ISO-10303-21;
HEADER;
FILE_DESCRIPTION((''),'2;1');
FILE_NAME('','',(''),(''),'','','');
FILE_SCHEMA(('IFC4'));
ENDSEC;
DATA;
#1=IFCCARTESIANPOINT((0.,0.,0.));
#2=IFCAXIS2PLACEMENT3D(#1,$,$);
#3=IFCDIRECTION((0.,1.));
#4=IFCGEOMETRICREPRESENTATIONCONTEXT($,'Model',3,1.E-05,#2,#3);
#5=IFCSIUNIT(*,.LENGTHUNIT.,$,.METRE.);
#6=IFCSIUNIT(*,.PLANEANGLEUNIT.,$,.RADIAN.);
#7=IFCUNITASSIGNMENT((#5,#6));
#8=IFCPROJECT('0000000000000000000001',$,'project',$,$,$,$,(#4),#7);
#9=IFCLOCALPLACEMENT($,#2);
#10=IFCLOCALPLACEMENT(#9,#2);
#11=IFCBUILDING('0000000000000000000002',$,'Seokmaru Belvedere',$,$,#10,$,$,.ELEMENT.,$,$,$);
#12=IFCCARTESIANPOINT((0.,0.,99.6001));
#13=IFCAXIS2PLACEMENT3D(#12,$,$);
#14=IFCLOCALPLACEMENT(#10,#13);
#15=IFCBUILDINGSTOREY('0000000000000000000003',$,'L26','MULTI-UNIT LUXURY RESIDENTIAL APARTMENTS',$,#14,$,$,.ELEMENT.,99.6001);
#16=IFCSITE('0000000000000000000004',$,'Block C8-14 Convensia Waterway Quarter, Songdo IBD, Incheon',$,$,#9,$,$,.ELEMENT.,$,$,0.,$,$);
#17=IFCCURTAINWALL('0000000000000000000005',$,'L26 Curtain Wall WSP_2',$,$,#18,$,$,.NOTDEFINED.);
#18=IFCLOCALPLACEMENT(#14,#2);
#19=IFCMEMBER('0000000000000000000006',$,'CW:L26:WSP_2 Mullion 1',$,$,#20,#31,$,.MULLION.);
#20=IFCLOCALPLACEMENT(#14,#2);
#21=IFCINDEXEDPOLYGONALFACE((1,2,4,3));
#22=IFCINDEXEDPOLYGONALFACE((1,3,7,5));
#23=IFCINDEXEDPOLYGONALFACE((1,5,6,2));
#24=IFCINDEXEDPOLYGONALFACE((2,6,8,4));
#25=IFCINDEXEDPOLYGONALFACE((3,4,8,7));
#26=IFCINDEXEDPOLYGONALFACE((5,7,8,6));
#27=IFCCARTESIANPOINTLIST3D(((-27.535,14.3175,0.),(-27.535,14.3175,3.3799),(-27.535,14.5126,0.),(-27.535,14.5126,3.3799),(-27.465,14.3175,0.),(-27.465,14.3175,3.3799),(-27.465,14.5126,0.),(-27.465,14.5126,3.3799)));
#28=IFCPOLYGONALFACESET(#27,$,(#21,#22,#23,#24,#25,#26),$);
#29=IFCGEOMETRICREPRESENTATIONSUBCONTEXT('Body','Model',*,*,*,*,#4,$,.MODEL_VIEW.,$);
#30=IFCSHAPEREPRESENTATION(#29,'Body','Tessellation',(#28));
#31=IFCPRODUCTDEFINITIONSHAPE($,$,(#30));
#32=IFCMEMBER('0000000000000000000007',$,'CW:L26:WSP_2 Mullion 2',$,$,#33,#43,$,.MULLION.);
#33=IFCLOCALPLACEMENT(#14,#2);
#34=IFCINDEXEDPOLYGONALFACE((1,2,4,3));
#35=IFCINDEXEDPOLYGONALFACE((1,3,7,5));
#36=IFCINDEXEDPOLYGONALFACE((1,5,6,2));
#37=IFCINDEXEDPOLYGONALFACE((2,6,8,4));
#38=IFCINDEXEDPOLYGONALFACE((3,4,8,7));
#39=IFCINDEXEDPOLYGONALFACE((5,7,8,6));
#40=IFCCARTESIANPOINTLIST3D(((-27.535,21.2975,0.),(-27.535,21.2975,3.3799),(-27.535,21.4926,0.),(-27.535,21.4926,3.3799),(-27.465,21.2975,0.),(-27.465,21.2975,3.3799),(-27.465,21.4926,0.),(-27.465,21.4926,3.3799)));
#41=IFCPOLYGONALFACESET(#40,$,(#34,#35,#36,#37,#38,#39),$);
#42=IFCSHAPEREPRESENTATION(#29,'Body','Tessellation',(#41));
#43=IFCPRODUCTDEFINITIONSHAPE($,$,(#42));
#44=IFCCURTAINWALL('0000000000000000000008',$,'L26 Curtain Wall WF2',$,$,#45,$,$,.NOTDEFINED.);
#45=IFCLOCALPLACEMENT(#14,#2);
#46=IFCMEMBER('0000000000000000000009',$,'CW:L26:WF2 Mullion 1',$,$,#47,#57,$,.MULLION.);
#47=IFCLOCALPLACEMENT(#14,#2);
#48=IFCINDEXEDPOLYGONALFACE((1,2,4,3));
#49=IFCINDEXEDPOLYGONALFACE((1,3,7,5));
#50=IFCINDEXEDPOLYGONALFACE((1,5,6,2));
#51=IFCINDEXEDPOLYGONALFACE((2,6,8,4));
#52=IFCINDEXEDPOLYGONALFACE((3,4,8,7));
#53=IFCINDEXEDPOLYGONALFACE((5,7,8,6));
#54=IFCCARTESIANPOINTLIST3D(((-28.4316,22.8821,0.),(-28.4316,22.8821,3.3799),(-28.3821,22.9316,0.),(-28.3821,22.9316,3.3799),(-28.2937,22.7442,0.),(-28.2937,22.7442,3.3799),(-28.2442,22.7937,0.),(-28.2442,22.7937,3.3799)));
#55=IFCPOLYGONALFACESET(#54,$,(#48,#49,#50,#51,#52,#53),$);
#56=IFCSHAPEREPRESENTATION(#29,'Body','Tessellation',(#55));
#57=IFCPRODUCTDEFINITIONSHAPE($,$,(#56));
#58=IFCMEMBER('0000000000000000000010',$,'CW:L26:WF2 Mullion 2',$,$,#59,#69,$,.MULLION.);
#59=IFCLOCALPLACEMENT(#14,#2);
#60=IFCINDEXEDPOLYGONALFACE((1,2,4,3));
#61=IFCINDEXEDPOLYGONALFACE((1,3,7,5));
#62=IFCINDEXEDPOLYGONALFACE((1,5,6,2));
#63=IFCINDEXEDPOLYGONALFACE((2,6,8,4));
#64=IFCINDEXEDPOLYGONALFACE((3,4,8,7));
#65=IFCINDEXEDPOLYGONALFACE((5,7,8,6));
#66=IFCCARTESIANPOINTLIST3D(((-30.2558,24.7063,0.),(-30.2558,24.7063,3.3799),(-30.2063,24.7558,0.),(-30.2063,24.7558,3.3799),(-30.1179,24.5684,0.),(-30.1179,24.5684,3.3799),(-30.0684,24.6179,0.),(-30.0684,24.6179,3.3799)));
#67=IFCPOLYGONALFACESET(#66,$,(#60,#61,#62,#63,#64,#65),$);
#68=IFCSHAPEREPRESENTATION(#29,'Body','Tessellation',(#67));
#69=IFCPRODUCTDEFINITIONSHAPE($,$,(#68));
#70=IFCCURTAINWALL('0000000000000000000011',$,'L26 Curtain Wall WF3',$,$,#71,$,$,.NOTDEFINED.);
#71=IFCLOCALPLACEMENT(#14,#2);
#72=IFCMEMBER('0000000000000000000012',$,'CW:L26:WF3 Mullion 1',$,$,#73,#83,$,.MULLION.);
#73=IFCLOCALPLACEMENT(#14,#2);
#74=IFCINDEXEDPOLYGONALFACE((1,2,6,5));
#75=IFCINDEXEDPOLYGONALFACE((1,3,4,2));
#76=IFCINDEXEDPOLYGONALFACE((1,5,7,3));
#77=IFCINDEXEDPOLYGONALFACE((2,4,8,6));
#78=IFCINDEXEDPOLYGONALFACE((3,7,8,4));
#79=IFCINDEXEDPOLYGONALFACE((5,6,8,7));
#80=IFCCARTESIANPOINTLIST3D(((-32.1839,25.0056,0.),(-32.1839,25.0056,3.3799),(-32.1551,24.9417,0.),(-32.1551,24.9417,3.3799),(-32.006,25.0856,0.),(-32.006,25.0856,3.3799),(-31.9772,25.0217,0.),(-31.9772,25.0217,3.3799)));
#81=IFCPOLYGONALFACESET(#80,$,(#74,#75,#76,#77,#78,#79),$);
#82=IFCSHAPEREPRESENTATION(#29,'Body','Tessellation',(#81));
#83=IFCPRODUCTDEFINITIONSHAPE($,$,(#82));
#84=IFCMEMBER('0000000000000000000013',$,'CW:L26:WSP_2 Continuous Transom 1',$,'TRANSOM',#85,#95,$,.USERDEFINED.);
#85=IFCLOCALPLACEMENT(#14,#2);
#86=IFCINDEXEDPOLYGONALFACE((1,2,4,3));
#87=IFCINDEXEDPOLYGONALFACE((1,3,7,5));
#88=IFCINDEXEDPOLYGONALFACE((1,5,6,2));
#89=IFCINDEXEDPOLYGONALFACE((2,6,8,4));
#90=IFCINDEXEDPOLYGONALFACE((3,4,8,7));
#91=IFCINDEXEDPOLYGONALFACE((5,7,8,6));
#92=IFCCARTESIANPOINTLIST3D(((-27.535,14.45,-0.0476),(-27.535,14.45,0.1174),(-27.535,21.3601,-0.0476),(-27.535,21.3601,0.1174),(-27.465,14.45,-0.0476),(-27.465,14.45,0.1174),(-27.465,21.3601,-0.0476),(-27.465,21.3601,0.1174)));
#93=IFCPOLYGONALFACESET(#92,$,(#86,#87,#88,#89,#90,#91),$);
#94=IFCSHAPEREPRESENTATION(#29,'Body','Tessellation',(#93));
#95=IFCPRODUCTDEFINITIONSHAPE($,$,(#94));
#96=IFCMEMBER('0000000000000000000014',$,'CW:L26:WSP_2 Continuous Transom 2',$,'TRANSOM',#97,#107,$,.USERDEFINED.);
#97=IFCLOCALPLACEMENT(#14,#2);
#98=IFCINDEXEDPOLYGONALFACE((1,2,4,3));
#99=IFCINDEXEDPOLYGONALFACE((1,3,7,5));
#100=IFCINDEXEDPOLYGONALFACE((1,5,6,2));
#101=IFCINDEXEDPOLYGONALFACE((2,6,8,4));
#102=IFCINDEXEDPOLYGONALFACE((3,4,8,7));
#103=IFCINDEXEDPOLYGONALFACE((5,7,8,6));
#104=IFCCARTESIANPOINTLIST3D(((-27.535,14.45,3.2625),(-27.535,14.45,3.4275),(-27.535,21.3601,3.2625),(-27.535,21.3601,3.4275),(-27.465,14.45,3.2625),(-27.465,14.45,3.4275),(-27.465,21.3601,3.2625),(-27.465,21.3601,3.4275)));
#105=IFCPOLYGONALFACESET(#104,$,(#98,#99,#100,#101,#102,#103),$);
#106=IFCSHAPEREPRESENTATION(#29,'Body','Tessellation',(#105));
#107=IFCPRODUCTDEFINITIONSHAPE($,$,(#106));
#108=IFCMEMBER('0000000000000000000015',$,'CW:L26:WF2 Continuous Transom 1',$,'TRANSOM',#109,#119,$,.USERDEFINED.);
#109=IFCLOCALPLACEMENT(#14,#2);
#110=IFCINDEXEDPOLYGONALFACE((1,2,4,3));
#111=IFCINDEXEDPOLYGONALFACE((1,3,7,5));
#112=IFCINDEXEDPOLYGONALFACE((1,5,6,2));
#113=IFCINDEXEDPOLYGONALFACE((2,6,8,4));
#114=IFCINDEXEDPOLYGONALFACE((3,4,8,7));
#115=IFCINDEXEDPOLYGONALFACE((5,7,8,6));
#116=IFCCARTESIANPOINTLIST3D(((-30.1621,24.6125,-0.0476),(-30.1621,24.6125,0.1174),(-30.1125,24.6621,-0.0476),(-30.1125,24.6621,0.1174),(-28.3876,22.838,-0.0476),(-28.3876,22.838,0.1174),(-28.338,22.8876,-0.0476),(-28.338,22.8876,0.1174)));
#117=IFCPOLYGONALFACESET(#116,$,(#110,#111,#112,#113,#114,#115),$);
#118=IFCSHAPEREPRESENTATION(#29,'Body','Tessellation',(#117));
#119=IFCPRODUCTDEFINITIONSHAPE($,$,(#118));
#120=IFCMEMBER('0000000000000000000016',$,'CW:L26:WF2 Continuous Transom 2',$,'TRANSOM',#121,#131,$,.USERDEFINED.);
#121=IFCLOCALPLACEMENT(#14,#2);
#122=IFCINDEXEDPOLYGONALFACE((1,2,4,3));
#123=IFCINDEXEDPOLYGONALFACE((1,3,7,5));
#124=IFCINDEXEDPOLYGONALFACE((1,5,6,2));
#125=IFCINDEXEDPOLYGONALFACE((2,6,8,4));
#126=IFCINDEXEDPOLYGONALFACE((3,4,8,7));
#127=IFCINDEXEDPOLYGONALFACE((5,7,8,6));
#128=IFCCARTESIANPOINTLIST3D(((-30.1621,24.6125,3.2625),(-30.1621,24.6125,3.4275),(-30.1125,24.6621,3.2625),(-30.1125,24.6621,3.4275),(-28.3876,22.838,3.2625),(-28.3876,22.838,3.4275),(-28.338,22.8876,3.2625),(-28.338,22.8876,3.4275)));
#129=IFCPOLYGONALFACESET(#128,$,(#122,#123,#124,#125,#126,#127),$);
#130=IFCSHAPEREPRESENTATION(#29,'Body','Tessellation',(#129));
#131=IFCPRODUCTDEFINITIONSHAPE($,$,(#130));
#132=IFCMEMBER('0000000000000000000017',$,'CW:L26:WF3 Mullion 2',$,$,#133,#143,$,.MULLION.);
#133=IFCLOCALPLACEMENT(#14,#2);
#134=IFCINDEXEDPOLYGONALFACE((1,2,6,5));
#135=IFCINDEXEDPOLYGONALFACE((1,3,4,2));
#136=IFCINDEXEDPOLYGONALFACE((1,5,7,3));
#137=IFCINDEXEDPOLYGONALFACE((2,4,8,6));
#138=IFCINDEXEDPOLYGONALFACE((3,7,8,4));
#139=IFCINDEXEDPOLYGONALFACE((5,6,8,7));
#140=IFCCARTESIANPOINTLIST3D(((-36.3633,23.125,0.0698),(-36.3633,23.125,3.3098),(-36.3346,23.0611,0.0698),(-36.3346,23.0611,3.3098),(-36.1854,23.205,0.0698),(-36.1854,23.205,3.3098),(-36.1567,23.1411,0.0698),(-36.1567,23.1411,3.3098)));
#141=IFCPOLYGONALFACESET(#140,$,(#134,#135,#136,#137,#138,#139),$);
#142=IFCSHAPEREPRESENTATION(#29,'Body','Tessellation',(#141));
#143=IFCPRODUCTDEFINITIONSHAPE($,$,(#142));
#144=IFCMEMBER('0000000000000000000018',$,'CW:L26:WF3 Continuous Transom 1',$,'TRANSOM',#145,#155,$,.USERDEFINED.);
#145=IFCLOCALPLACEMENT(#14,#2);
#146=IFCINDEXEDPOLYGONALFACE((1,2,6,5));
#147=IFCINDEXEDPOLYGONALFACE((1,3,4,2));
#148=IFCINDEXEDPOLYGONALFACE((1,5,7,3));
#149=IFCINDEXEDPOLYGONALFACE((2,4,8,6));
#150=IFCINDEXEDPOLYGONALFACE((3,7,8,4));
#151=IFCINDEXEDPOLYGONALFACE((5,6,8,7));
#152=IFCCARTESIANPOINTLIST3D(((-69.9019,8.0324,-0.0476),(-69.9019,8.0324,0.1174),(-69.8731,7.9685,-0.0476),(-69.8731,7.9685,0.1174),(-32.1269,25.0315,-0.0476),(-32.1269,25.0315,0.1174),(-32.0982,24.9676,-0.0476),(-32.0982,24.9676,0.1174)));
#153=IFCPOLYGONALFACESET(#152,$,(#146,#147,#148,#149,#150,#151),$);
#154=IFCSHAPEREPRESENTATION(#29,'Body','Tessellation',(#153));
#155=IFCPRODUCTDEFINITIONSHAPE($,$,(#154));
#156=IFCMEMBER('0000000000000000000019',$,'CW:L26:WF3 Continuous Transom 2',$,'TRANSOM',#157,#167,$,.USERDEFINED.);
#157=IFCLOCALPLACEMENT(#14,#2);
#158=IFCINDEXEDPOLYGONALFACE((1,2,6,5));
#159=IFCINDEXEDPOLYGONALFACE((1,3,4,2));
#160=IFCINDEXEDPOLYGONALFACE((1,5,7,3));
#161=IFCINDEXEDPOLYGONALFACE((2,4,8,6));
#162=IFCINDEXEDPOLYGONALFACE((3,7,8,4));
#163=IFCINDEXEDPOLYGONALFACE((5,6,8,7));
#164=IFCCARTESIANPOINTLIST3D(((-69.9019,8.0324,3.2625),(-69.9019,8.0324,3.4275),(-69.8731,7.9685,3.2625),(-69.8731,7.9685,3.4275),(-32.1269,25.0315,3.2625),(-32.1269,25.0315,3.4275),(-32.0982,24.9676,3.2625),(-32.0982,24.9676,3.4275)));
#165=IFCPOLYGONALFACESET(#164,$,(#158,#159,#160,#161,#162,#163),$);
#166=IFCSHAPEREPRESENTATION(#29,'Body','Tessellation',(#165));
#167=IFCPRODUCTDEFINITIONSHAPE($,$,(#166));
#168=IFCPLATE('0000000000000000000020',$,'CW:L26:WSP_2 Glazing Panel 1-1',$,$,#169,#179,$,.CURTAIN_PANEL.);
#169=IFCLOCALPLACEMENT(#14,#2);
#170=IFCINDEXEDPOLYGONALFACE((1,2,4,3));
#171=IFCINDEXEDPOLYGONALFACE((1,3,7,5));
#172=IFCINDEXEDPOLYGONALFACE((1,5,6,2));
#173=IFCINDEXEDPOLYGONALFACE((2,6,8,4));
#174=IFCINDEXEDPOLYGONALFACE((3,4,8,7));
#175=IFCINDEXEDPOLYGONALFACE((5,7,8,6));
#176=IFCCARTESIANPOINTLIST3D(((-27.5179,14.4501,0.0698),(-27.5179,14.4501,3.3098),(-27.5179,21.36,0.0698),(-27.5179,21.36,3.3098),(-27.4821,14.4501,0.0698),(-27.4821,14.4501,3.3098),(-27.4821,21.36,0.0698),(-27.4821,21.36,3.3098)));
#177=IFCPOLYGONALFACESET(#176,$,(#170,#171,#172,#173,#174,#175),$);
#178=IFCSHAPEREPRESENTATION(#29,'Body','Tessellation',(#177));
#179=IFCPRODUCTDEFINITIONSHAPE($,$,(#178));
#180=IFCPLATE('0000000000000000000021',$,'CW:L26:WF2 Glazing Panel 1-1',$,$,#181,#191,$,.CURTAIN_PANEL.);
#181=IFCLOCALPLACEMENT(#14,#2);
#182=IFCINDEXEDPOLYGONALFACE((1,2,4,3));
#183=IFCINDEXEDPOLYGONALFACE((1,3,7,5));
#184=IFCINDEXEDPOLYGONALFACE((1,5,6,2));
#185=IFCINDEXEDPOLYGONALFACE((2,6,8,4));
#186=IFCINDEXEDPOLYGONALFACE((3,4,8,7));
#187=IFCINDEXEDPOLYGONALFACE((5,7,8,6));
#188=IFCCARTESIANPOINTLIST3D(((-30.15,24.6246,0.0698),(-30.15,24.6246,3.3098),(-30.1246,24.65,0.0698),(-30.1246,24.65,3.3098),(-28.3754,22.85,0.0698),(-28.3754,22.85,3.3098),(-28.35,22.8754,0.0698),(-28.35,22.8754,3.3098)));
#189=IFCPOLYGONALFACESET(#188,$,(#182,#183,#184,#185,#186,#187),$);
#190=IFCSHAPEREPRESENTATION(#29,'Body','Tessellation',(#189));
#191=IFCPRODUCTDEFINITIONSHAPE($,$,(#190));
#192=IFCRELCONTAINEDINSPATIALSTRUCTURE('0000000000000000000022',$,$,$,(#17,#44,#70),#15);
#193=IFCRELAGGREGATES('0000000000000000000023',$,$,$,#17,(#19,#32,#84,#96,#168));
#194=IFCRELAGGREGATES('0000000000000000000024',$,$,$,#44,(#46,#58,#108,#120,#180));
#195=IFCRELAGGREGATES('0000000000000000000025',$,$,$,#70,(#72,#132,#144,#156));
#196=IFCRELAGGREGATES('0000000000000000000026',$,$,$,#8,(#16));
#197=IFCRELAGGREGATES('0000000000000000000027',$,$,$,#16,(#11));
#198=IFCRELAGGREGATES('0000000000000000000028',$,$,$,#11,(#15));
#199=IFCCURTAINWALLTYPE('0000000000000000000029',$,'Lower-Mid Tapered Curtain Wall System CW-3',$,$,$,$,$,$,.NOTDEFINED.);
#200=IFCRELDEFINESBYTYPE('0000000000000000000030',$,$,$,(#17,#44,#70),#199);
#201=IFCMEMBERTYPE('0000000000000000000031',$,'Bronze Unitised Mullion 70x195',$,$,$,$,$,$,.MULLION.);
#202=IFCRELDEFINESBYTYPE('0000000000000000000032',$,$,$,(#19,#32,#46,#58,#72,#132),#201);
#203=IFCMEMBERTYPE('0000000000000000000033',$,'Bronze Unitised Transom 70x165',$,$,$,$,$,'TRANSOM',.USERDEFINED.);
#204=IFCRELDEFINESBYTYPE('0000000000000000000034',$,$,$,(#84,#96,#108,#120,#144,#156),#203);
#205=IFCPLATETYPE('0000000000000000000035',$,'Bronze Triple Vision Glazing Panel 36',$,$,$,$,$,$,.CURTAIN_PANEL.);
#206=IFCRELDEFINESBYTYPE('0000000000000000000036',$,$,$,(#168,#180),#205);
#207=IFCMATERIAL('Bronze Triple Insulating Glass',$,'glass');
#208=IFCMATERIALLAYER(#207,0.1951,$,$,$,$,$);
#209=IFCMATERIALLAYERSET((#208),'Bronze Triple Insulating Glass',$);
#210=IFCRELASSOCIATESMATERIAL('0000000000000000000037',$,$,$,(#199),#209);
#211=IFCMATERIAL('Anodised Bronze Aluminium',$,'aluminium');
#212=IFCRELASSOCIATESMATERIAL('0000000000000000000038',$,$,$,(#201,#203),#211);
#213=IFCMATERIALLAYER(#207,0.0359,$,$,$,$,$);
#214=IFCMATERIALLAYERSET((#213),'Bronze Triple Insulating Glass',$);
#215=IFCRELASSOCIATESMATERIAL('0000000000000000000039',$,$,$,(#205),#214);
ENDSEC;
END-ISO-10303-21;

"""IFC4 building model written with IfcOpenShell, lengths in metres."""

from ifc_helpers import new_model, si_unit, direction, frame, origin, origin_2d, place, context, subcontext, project, spatial, rectangle, extrude, source, transform, mapped, material, layer, layer_set, material_profile, profile_set, type_object, type_shapes, element, aggregate, save


model = new_model("IFC4")

# Units and contexts
model_context = context("Model", 3, precision=1e-05, world=origin(), true_north=direction((0.0, 1.0)))
body_context = subcontext(model_context, "Body", "Model", "MODEL_VIEW")
ifc_project = project(units=[si_unit("LENGTHUNIT", "METRE"), si_unit("PLANEANGLEUNIT", "RADIAN")], contexts=[model_context])

# Site, building, storey
site_placement = place(None, origin())
site = spatial("IfcSite", under=ifc_project, at=site_placement, Name="Block C8-14 Convensia Waterway Quarter, Songdo IBD, Incheon", CompositionType="ELEMENT", RefElevation=0.0)
building_placement = place(site_placement, origin())
building = spatial("IfcBuilding", under=site, at=building_placement, Name="Seokmaru Belvedere", CompositionType="ELEMENT")
storey_placement = place(building_placement, frame((0.0, 0.0, 99.6001)))
storey = spatial("IfcBuildingStorey", under=building, at=storey_placement, Name="L26", Description="MULTI-UNIT LUXURY RESIDENTIAL APARTMENTS", CompositionType="ELEMENT", Elevation=99.6001)

# Curtain walls, members
ifc_material_1 = material(Name="Bronze Triple Insulating Glass", Category="glass")
ifc_layer_1 = layer(ifc_material_1, 0.1951)
ifc_layer_set_1 = layer_set([ifc_layer_1], Name="Bronze Triple Insulating Glass")
curtain_wall_type = type_object("IfcCurtainWallType", Name="Lower-Mid Tapered Curtain Wall System CW-3", PredefinedType="NOTDEFINED", material=ifc_layer_set_1)
curtain_wall_1_placement = place(storey_placement, origin())
curtain_wall_1 = element("IfcCurtainWall", 1, at=curtain_wall_1_placement, inside=storey, type_object=curtain_wall_type, Name="L26 Curtain Wall WSP_2", PredefinedType="NOTDEFINED")
ifc_material_2 = material(Name="Anodised Bronze Aluminium", Category="aluminium")
ifc_material_profile_1 = material_profile(ifc_material_2, rectangle(XDim=0.0701, YDim=0.1951, at=origin_2d()), Name="CW-M-70x195")
ifc_profile_set_1 = profile_set([ifc_material_profile_1], Name="Anodised Bronze Aluminium")
member_type_1 = type_object("IfcMemberType", Name="Bronze Unitised Mullion 70x195", PredefinedType="MULLION", material=ifc_profile_set_1)
shared_shape_1 = source(origin(), body_context, "Body", "SweptSolid", [
    extrude(rectangle(XDim=0.0701, YDim=0.1951, at=origin_2d()), origin(), (0.0, 0.0, 1.0), 3.3799),
])
member_1_placement = place(storey_placement, frame((-27.5, 14.415, 0.0), z_axis=(0.0, 0.0, 1.0), x_axis=(-1.0, 0.0, 0.0)))
member_1 = element("IfcMember", 2, at=member_1_placement, type_object=member_type_1, Name="CW:L26:WSP_2 Mullion 1", PredefinedType="MULLION", context=body_context, shape_type="MappedRepresentation", body=[
    mapped(shared_shape_1, transform((0.0, 0.0, 0.0), scale=1.0)),
])
member_2_placement = place(storey_placement, frame((-27.5, 21.395, 0.0), z_axis=(0.0, 0.0, 1.0), x_axis=(-1.0, 0.0, 0.0)))
member_2 = element("IfcMember", 3, at=member_2_placement, type_object=member_type_1, Name="CW:L26:WSP_2 Mullion 2", PredefinedType="MULLION", context=body_context, shape_type="MappedRepresentation", body=[
    mapped(shared_shape_1, transform((0.0, 0.0, 0.0), scale=1.0)),
])
curtain_wall_2_placement = place(storey_placement, origin())
curtain_wall_2 = element("IfcCurtainWall", 4, at=curtain_wall_2_placement, inside=storey, type_object=curtain_wall_type, Name="L26 Curtain Wall WF2", PredefinedType="NOTDEFINED")
member_3_placement = place(storey_placement, frame((-28.3379, 22.8379, 0.0), z_axis=(0.0, 0.0, 1.0), x_axis=(-0.707107, -0.707107, 0.0)))
member_3 = element("IfcMember", 5, at=member_3_placement, type_object=member_type_1, Name="CW:L26:WF2 Mullion 1", PredefinedType="MULLION", context=body_context, shape_type="MappedRepresentation", body=[
    mapped(shared_shape_1, transform((0.0, 0.0, 0.0), scale=1.0)),
])
member_4_placement = place(storey_placement, frame((-30.1621, 24.6621, 0.0), z_axis=(0.0, 0.0, 1.0), x_axis=(-0.707107, -0.707107, 0.0)))
member_4 = element("IfcMember", 6, at=member_4_placement, type_object=member_type_1, Name="CW:L26:WF2 Mullion 2", PredefinedType="MULLION", context=body_context, shape_type="MappedRepresentation", body=[
    mapped(shared_shape_1, transform((0.0, 0.0, 0.0), scale=1.0)),
])

# Curtain wall, member
curtain_wall_3_placement = place(storey_placement, origin())
curtain_wall_3 = element("IfcCurtainWall", 7, at=curtain_wall_3_placement, inside=storey, type_object=curtain_wall_type, Name="L26 Curtain Wall WF3", PredefinedType="NOTDEFINED")
member_5_placement = place(storey_placement, frame((-32.0806, 25.0137, 0.0), z_axis=(0.0, 0.0, 1.0), x_axis=(0.410366, -0.911921, 0.0)))
member_5 = element("IfcMember", 8, at=member_5_placement, type_object=member_type_1, Name="CW:L26:WF3 Mullion 1", PredefinedType="MULLION", context=body_context, shape_type="MappedRepresentation", body=[
    mapped(shared_shape_1, transform((0.0, 0.0, 0.0), scale=1.0)),
])

# Members
ifc_material_profile_2 = material_profile(ifc_material_2, rectangle(XDim=0.0701, YDim=0.165, at=origin_2d()), Name="CW-T-70x165")
ifc_profile_set_2 = profile_set([ifc_material_profile_2], Name="Anodised Bronze Aluminium")
member_type_2 = type_object("IfcMemberType", Name="Bronze Unitised Transom 70x165", ElementType="TRANSOM", PredefinedType="USERDEFINED", material=ifc_profile_set_2)
shared_shape_2 = source(origin(), body_context, "Body", "SweptSolid", [
    extrude(rectangle(XDim=0.0701, YDim=0.165, at=origin_2d()), origin(), (0.0, 0.0, 1.0), 6.9102),
])
member_6_placement = place(storey_placement, frame((-27.5, 14.45, 0.0349), z_axis=(0.0, 1.0, 0.0), x_axis=(-1.0, 0.0, 0.0)))
member_6 = element("IfcMember", 9, at=member_6_placement, type_object=member_type_2, Name="CW:L26:WSP_2 Continuous Transom 1", ObjectType="TRANSOM", PredefinedType="USERDEFINED", context=body_context, shape_type="MappedRepresentation", body=[
    mapped(shared_shape_2, transform((0.0, 0.0, 0.0), scale=1.0)),
])
member_7_placement = place(storey_placement, frame((-27.5, 14.45, 3.345), z_axis=(0.0, 1.0, 0.0), x_axis=(-1.0, 0.0, 0.0)))
member_7 = element("IfcMember", 10, at=member_7_placement, type_object=member_type_2, Name="CW:L26:WSP_2 Continuous Transom 2", ObjectType="TRANSOM", PredefinedType="USERDEFINED", context=body_context, shape_type="MappedRepresentation", body=[
    mapped(shared_shape_2, transform((0.0, 0.0, 0.0), scale=1.0)),
])
shared_shape_3 = source(origin(), body_context, "Body", "SweptSolid", [
    extrude(rectangle(XDim=0.0701, YDim=0.165, at=origin_2d()), origin(), (0.0, 0.0, 1.0), 2.5095),
])
member_8_placement = place(storey_placement, frame((-28.3628, 22.8628, 0.0349), z_axis=(-0.707107, 0.707107, 0.0), x_axis=(-0.707107, -0.707107, 0.0)))
member_8 = element("IfcMember", 11, at=member_8_placement, type_object=member_type_2, Name="CW:L26:WF2 Continuous Transom 1", ObjectType="TRANSOM", PredefinedType="USERDEFINED", context=body_context, shape_type="MappedRepresentation", body=[
    mapped(shared_shape_3, transform((0.0, 0.0, 0.0), scale=1.0)),
])
member_9_placement = place(storey_placement, frame((-28.3628, 22.8628, 3.345), z_axis=(-0.707107, 0.707107, 0.0), x_axis=(-0.707107, -0.707107, 0.0)))
member_9 = element("IfcMember", 12, at=member_9_placement, type_object=member_type_2, Name="CW:L26:WF2 Continuous Transom 2", ObjectType="TRANSOM", PredefinedType="USERDEFINED", context=body_context, shape_type="MappedRepresentation", body=[
    mapped(shared_shape_3, transform((0.0, 0.0, 0.0), scale=1.0)),
])
shared_shape_4 = source(origin(), body_context, "Body", "SweptSolid", [
    extrude(rectangle(XDim=0.0701, YDim=0.1951, at=origin_2d()), origin(), (0.0, 0.0, 1.0), 3.24),
])
type_shapes(member_type_1, [shared_shape_1, shared_shape_4])
member_10_placement = place(storey_placement, frame((-36.26, 23.1331, 0.0698), z_axis=(0.0, 0.0, 1.0), x_axis=(0.410366, -0.911921, 0.0)))
member_10 = element("IfcMember", 13, at=member_10_placement, type_object=member_type_1, Name="CW:L26:WF3 Mullion 2", PredefinedType="MULLION", context=body_context, shape_type="MappedRepresentation", body=[
    mapped(shared_shape_4, transform((0.0, 0.0, 0.0), scale=1.0)),
])
shared_shape_5 = source(origin(), body_context, "Body", "SweptSolid", [
    extrude(rectangle(XDim=0.0701, YDim=0.165, at=origin_2d()), origin(), (0.0, 0.0, 1.0), 41.4236),
])
type_shapes(member_type_2, [shared_shape_2, shared_shape_3, shared_shape_5])
member_11_placement = place(storey_placement, frame((-32.1125, 24.9995, 0.0349), z_axis=(-0.911919, -0.410371, 0.0), x_axis=(0.410371, -0.911919, 0.0)))
member_11 = element("IfcMember", 14, at=member_11_placement, type_object=member_type_2, Name="CW:L26:WF3 Continuous Transom 1", ObjectType="TRANSOM", PredefinedType="USERDEFINED", context=body_context, shape_type="MappedRepresentation", body=[
    mapped(shared_shape_5, transform((0.0, 0.0, 0.0), scale=1.0)),
])
member_12_placement = place(storey_placement, frame((-32.1125, 24.9995, 3.345), z_axis=(-0.911919, -0.410371, 0.0), x_axis=(0.410371, -0.911919, 0.0)))
member_12 = element("IfcMember", 15, at=member_12_placement, type_object=member_type_2, Name="CW:L26:WF3 Continuous Transom 2", ObjectType="TRANSOM", PredefinedType="USERDEFINED", context=body_context, shape_type="MappedRepresentation", body=[
    mapped(shared_shape_5, transform((0.0, 0.0, 0.0), scale=1.0)),
])

# Plates
ifc_layer_2 = layer(ifc_material_1, 0.0359)
ifc_layer_set_2 = layer_set([ifc_layer_2], Name="Bronze Triple Insulating Glass")
plate_type = type_object("IfcPlateType", Name="Bronze Triple Vision Glazing Panel 36", PredefinedType="CURTAIN_PANEL", material=ifc_layer_set_2)
shared_shape_6 = source(origin(), body_context, "Body", "SweptSolid", [
    extrude(rectangle(XDim=6.9099, YDim=0.0359, at=origin_2d()), origin(), (0.0, 0.0, 1.0), 3.24),
])
plate_1_placement = place(storey_placement, frame((-27.5, 17.905, 0.0698), z_axis=(0.0, 0.0, 1.0), x_axis=(0.0, 1.0, 0.0)))
plate_1 = element("IfcPlate", 16, at=plate_1_placement, type_object=plate_type, Name="CW:L26:WSP_2 Glazing Panel 1-1", PredefinedType="CURTAIN_PANEL", context=body_context, shape_type="MappedRepresentation", body=[
    mapped(shared_shape_6, transform((0.0, 0.0, 0.0), scale=1.0)),
])
aggregate(curtain_wall_1, [member_1, member_2, member_6, member_7, plate_1])
shared_shape_7 = source(origin(), body_context, "Body", "SweptSolid", [
    extrude(rectangle(XDim=2.5098, YDim=0.0359, at=origin_2d()), origin(), (0.0, 0.0, 1.0), 3.24),
])
plate_2_placement = place(storey_placement, frame((-29.25, 23.75, 0.0698), z_axis=(0.0, 0.0, 1.0), x_axis=(-0.707107, 0.707107, 0.0)))
plate_2 = element("IfcPlate", 17, at=plate_2_placement, type_object=plate_type, Name="CW:L26:WF2 Glazing Panel 1-1", PredefinedType="CURTAIN_PANEL", context=body_context, shape_type="MappedRepresentation", body=[
    mapped(shared_shape_7, transform((0.0, 0.0, 0.0), scale=1.0)),
])
aggregate(curtain_wall_2, [member_3, member_4, member_8, member_9, plate_2])
aggregate(curtain_wall_3, [member_5, member_10, member_11, member_12])

save(model, "model.ifc")
